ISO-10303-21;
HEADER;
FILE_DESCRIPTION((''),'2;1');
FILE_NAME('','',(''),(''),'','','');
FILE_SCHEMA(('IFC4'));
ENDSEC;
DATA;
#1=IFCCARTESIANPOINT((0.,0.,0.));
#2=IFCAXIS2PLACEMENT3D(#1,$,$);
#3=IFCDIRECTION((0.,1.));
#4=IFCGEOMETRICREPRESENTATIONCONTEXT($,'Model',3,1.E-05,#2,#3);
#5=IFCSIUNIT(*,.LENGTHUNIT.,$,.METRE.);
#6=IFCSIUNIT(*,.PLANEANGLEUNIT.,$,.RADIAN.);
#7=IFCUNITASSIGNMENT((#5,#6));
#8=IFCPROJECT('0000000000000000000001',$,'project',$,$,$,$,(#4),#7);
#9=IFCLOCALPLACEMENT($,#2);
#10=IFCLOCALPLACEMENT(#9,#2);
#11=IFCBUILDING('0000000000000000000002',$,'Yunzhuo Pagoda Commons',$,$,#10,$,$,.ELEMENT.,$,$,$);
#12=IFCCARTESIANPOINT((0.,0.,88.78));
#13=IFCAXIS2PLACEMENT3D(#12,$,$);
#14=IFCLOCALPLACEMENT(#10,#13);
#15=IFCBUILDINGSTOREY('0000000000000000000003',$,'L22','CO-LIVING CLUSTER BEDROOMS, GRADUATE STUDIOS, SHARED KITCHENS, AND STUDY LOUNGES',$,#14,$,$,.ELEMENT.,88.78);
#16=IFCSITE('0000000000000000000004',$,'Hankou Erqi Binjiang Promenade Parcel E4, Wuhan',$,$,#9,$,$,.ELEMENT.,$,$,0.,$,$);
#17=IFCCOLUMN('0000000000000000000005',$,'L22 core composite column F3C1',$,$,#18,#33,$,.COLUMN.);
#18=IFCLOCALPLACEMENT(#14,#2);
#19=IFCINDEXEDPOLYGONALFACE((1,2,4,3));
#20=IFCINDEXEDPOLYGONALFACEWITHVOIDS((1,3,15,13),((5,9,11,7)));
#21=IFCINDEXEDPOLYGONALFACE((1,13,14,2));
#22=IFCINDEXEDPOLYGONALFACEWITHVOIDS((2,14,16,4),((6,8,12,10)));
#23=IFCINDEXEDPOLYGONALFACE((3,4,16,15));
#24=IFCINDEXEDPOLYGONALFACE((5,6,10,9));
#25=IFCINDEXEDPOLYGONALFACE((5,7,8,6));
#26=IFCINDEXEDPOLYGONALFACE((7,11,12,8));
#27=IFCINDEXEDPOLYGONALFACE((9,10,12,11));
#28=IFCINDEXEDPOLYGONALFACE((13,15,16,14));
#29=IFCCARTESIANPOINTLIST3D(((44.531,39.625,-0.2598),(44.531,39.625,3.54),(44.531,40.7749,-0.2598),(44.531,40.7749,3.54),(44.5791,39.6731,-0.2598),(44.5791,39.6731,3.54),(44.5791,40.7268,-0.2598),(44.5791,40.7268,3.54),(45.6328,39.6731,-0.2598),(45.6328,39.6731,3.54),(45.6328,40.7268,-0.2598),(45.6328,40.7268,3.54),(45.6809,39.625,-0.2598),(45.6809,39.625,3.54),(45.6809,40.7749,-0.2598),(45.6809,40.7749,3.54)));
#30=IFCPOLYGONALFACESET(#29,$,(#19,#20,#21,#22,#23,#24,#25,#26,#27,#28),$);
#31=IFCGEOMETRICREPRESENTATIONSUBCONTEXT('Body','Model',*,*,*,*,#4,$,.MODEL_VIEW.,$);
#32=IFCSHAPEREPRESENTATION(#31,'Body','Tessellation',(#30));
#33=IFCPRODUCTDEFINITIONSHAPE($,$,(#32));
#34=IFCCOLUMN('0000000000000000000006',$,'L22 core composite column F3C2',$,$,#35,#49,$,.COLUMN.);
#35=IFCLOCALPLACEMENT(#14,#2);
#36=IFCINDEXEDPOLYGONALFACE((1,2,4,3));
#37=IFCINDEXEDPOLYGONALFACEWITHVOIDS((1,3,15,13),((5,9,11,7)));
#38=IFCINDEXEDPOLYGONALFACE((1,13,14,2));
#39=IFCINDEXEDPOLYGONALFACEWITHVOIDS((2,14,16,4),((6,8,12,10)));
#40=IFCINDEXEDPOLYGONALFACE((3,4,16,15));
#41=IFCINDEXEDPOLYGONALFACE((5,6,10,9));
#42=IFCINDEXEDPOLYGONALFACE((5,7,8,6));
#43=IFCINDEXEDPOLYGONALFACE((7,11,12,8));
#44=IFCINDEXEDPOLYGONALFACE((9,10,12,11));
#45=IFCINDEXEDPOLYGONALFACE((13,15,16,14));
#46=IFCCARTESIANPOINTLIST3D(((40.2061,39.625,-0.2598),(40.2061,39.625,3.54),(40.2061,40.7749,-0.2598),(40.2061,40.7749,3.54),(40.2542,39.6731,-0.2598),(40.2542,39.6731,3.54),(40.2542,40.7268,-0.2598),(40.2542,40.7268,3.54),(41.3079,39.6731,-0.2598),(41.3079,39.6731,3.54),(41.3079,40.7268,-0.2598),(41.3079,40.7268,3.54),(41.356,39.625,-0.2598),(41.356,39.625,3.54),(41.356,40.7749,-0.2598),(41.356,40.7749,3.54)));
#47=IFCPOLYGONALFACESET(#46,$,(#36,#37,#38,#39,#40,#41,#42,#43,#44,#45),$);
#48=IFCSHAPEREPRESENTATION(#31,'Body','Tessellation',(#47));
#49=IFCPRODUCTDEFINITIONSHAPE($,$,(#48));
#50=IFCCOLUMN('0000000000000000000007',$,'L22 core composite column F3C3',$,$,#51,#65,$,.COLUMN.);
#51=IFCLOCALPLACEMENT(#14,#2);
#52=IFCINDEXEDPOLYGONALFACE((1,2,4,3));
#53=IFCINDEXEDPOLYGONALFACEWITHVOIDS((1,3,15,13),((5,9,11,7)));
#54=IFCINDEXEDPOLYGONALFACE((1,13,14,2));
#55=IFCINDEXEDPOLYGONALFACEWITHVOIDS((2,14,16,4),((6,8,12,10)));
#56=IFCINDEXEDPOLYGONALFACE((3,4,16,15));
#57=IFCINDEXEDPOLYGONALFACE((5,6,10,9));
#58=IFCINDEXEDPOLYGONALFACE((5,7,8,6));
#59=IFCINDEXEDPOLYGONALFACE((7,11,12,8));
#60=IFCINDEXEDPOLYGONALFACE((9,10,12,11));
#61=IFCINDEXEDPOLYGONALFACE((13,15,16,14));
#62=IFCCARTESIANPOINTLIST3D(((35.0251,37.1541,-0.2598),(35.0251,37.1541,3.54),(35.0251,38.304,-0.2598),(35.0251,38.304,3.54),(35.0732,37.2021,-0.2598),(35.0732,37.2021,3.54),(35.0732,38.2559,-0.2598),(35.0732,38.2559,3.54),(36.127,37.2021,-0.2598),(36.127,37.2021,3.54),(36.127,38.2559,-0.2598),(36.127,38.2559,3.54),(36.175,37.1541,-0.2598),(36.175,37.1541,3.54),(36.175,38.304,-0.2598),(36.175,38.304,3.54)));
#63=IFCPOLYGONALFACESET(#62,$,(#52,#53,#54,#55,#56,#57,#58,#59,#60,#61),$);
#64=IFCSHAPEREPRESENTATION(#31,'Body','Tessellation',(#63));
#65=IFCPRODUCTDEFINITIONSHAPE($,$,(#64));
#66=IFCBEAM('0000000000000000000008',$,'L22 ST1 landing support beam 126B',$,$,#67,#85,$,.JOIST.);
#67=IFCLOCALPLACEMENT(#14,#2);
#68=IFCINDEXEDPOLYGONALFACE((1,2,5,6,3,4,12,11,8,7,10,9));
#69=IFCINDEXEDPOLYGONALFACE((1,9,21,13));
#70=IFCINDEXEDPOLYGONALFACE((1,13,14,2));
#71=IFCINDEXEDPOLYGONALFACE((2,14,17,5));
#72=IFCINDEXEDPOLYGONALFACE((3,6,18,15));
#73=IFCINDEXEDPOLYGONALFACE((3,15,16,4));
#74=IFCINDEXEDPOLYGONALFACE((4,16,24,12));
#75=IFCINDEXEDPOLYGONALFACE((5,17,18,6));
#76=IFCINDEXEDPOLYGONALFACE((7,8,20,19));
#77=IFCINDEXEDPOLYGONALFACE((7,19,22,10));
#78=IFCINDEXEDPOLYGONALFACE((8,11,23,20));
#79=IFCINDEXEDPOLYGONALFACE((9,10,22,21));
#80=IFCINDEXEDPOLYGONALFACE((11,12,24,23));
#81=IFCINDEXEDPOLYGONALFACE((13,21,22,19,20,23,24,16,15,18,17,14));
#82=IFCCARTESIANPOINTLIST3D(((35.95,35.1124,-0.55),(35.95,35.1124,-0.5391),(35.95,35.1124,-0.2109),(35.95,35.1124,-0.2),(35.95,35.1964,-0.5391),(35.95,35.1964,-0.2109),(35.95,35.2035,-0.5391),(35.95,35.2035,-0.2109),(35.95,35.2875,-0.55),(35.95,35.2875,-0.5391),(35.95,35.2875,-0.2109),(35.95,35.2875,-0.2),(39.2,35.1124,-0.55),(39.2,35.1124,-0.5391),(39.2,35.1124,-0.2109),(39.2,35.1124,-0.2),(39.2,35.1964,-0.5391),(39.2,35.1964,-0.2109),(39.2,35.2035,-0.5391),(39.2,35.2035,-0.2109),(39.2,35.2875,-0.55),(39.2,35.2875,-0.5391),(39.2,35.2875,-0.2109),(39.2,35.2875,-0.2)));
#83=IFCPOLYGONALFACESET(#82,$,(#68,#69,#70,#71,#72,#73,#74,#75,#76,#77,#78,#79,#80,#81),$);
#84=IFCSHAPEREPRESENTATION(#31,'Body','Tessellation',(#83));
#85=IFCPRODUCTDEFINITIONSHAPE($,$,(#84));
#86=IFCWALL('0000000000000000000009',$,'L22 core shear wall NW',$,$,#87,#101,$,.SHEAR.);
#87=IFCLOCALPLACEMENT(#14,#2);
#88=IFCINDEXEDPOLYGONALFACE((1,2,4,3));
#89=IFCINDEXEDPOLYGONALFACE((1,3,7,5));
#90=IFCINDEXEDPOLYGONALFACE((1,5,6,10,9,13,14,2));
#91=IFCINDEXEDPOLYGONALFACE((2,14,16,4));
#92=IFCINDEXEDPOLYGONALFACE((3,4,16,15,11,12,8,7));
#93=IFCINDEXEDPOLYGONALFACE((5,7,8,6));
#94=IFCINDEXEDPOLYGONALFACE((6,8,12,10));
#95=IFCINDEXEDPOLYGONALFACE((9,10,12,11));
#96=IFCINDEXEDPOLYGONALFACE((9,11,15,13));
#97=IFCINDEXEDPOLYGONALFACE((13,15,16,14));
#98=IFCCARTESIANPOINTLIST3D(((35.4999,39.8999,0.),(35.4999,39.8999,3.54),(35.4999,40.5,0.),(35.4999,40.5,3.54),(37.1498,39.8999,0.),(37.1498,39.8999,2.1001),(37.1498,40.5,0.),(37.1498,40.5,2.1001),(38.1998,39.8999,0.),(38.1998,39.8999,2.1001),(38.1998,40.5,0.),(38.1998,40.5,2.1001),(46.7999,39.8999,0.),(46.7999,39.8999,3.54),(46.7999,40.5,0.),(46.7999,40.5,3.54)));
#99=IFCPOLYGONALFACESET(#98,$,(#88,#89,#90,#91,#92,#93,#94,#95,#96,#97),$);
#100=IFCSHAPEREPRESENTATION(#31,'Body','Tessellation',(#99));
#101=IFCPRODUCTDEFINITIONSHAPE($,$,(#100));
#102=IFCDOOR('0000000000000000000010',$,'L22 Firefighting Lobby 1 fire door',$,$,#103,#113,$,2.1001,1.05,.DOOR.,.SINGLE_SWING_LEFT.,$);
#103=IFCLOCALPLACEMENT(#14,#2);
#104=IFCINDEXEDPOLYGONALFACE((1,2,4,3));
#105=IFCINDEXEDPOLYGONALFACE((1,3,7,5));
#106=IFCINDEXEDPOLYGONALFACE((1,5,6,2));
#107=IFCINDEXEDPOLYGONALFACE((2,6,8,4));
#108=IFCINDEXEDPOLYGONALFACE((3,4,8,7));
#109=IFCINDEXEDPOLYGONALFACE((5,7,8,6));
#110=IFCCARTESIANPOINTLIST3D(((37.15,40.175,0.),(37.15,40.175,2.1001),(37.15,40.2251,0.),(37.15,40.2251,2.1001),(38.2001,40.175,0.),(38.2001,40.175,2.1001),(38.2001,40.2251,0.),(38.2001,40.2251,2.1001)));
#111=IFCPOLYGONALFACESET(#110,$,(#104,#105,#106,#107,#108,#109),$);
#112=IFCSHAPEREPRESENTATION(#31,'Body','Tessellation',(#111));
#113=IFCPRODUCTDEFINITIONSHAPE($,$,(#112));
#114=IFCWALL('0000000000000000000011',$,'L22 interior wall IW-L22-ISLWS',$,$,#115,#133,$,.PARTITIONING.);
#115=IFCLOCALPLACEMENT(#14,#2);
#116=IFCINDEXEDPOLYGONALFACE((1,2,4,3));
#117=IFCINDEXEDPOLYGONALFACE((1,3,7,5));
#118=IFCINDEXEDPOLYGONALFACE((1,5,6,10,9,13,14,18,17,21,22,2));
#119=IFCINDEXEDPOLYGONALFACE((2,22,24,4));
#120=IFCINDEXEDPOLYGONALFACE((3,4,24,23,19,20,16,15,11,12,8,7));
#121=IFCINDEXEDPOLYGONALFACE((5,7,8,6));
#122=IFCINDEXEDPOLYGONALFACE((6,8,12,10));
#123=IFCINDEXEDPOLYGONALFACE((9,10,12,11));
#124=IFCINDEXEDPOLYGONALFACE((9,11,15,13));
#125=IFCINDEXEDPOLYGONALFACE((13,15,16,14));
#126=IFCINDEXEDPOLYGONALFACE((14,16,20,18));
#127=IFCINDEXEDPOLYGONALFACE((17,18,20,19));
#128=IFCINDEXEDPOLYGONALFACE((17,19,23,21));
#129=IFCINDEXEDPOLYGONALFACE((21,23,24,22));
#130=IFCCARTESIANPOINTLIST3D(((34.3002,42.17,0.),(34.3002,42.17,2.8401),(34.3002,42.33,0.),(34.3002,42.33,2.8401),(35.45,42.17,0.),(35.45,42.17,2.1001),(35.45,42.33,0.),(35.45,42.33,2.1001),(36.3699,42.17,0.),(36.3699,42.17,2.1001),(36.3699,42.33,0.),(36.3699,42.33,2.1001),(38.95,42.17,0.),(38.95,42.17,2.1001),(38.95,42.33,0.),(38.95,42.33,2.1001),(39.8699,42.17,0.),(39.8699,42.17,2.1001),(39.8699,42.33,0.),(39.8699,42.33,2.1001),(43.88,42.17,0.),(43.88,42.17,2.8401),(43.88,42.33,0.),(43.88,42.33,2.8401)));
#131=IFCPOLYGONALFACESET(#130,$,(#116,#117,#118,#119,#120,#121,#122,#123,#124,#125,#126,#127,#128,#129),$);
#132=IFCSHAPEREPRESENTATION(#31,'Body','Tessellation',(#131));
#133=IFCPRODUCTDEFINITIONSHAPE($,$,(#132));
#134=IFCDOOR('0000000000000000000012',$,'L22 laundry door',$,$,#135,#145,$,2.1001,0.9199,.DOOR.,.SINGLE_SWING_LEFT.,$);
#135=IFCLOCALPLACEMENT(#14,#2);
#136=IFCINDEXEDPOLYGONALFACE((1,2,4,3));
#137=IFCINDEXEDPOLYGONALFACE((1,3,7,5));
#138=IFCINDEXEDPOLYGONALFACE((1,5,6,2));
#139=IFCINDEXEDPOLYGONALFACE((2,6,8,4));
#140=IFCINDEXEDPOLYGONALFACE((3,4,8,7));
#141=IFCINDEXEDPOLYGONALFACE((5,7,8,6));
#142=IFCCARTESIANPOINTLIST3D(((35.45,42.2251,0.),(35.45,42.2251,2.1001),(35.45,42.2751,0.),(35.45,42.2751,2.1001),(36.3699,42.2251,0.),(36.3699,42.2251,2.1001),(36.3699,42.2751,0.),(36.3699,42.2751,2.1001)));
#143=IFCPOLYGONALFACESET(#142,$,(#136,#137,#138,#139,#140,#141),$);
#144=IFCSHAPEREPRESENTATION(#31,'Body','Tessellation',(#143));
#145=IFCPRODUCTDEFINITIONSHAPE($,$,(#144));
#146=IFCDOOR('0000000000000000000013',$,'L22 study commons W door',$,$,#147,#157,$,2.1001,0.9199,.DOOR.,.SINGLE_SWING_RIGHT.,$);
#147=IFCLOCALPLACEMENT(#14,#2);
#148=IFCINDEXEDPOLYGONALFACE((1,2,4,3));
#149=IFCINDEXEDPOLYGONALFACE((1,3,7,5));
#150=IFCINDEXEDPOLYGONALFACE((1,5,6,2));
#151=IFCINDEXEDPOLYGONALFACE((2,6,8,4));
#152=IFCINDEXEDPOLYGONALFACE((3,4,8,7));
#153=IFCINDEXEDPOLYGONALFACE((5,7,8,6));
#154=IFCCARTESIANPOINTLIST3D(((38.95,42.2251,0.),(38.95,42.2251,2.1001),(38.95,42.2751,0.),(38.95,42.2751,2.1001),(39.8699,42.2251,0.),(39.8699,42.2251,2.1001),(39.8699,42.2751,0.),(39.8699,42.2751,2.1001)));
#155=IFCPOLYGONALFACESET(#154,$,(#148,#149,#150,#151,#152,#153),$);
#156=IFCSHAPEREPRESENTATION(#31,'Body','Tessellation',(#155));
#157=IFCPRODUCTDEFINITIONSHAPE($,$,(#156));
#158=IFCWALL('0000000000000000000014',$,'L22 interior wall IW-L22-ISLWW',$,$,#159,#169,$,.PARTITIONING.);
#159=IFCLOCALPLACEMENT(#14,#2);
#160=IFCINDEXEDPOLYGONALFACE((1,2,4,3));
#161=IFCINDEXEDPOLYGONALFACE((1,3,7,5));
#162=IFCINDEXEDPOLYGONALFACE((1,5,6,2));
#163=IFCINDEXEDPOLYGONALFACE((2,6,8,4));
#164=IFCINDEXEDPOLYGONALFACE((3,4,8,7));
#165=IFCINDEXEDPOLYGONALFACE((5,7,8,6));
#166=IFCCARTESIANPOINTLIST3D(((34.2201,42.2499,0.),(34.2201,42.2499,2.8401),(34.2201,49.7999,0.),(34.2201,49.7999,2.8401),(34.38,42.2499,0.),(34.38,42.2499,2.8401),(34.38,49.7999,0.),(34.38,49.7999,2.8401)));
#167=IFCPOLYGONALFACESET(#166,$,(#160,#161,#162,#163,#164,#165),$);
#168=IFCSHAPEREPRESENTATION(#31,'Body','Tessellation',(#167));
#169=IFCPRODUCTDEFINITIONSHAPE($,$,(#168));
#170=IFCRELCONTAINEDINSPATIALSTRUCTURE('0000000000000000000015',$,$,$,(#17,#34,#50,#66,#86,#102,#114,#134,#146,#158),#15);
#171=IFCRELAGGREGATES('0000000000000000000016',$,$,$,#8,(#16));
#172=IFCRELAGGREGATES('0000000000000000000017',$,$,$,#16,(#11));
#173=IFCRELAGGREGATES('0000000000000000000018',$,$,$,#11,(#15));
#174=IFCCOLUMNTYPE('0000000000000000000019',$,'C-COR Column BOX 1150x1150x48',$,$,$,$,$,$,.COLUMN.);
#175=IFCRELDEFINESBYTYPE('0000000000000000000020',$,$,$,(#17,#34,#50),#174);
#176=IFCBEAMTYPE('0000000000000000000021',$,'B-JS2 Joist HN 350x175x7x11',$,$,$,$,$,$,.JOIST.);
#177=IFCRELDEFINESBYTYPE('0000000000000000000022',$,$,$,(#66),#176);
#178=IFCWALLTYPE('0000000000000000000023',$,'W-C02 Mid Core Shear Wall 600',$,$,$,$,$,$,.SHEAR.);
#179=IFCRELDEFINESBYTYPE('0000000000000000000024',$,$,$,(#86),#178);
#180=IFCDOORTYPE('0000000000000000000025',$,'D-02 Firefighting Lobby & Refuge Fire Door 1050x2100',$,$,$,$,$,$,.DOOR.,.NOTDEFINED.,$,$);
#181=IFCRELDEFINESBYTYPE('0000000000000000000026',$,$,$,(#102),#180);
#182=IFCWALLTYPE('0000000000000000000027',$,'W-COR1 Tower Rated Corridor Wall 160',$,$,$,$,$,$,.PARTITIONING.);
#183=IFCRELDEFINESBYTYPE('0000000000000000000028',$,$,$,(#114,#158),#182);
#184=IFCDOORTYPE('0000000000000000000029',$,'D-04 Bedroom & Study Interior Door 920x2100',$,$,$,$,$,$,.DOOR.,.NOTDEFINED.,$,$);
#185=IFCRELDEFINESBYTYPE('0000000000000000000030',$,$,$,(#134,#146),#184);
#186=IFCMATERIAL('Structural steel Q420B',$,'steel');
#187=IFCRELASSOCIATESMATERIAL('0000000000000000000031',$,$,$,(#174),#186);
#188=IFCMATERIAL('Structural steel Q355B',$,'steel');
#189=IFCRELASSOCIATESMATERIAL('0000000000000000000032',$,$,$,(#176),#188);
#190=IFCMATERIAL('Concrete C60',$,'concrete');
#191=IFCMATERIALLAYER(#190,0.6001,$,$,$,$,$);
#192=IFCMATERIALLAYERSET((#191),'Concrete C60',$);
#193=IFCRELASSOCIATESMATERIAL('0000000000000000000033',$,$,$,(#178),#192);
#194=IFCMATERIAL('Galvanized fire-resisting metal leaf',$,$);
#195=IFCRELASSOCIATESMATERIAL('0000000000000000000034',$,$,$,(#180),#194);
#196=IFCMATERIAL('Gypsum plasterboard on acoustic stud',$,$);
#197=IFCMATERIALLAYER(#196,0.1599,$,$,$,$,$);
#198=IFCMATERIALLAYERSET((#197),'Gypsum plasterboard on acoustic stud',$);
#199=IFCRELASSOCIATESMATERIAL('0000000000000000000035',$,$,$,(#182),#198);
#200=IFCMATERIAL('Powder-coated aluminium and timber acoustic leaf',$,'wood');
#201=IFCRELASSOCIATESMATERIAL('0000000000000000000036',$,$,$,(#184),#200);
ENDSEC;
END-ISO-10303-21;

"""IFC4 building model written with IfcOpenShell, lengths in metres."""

from ifc_helpers import new_model, si_unit, direction, frame, frame_2d, origin, origin_2d, place, context, subcontext, project, spatial, rectangle, hollow_rectangle, i_section, extrude, source, transform, mapped, material, layer, layer_set, material_profile, profile_set, type_object, element, fill, save


model = new_model("IFC4")

# Units and contexts
model_context = context("Model", 3, precision=1e-05, world=origin(), true_north=direction((0.0, 1.0)))
body_context = subcontext(model_context, "Body", "Model", "MODEL_VIEW")
ifc_project = project(units=[si_unit("LENGTHUNIT", "METRE"), si_unit("PLANEANGLEUNIT", "RADIAN")], contexts=[model_context])

# Site, building, storey
site_placement = place(None, origin())
site = spatial("IfcSite", under=ifc_project, at=site_placement, Name="Hankou Erqi Binjiang Promenade Parcel E4, Wuhan", CompositionType="ELEMENT", RefElevation=0.0)
building_placement = place(site_placement, origin())
building = spatial("IfcBuilding", under=site, at=building_placement, Name="Yunzhuo Pagoda Commons", CompositionType="ELEMENT")
storey_placement = place(building_placement, frame((0.0, 0.0, 88.78)))
storey = spatial("IfcBuildingStorey", under=building, at=storey_placement, Name="L22", Description="CO-LIVING CLUSTER BEDROOMS, GRADUATE STUDIOS, SHARED KITCHENS, AND STUDY LOUNGES", CompositionType="ELEMENT", Elevation=88.78)

# Columns
ifc_material_1 = material(Name="Structural steel Q420B", Category="steel")
ifc_material_profile_1 = material_profile(ifc_material_1, hollow_rectangle(XDim=1.1499, YDim=1.1499, WallThickness=0.0481, at=origin_2d()), Name="Structural steel Q420B")
ifc_profile_set_1 = profile_set([ifc_material_profile_1], Name="Structural steel Q420B")
column_type = type_object("IfcColumnType", Name="C-COR Column BOX 1150x1150x48", PredefinedType="COLUMN", material=ifc_profile_set_1)
shared_shape_1 = source(origin(), body_context, "Body", "SweptSolid", [
    extrude(hollow_rectangle(XDim=1.1499, YDim=1.1499, WallThickness=0.0481, at=origin_2d()), origin(), (0.0, 0.0, 1.0), 3.7998),
])
for number, where, z_axis, x_axis, name in (
    (1, (45.106, 40.2, -0.2598), (0.0, 0.0, 1.0), (1.0, 0.0, 0.0), "L22 core composite column F3C1"),
    (2, (40.781, 40.2, -0.2598), (0.0, 0.0, 1.0), (1.0, 0.0, 0.0), "L22 core composite column F3C2"),
    (3, (35.6001, 37.729, -0.2598), (0.0, 0.0, 1.0), (1.0, 0.0, 0.0), "L22 core composite column F3C3"),
):
    element("IfcColumn", number, at=place(storey_placement, frame(where, z_axis=z_axis, x_axis=x_axis)), inside=storey, type_object=column_type, Name=name, PredefinedType="COLUMN", context=body_context, shape_type="MappedRepresentation", body=[
        mapped(shared_shape_1, transform((0.0, 0.0, 0.0), scale=1.0)),
    ])

# Beam
ifc_material_2 = material(Name="Structural steel Q355B", Category="steel")
ifc_material_profile_2 = material_profile(ifc_material_2, i_section(OverallWidth=0.175, OverallDepth=0.3501, WebThickness=0.0071, FlangeThickness=0.011, at=origin_2d()), Name="Structural steel Q355B")
ifc_profile_set_2 = profile_set([ifc_material_profile_2], Name="Structural steel Q355B")
beam_type = type_object("IfcBeamType", Name="B-JS2 Joist HN 350x175x7x11", PredefinedType="JOIST", material=ifc_profile_set_2)
shared_shape_2 = source(origin(), body_context, "Body", "SweptSolid", [
    extrude(i_section(OverallWidth=0.175, OverallDepth=0.3501, WebThickness=0.0071, FlangeThickness=0.011, at=origin_2d()), origin(), (0.0, 0.0, 1.0), 3.25),
])
beam_placement = place(storey_placement, frame((35.95, 35.2, -0.375), z_axis=(1.0, 0.0, 0.0), x_axis=(0.0, 1.0, 0.0)))
element("IfcBeam", 4, at=beam_placement, inside=storey, type_object=beam_type, Name="L22 ST1 landing support beam 126B", PredefinedType="JOIST", context=body_context, shape_type="MappedRepresentation", body=[
    mapped(shared_shape_2, transform((0.0, 0.0, 0.0), scale=1.0)),
])

# Wall, opening, door
ifc_material_3 = material(Name="Concrete C60", Category="concrete")
ifc_layer_1 = layer(ifc_material_3, 0.6001)
ifc_layer_set_1 = layer_set([ifc_layer_1], Name="Concrete C60")
wall_type_1 = type_object("IfcWallType", Name="W-C02 Mid Core Shear Wall 600", PredefinedType="SHEAR", material=ifc_layer_set_1)
wall_1_placement = place(storey_placement, frame((35.5, 40.2, 0.0), z_axis=(0.0, 0.0, 1.0), x_axis=(1.0, 0.0, 0.0)))
wall_1 = element("IfcWall", 5, at=wall_1_placement, inside=storey, type_object=wall_type_1, Name="L22 core shear wall NW", PredefinedType="SHEAR", context=body_context, shape_type="SweptSolid", body=[
    extrude(rectangle(XDim=11.3, YDim=0.6001, at=frame_2d((5.6499, 0.0))), origin(), (0.0, 0.0, 1.0), 3.54),
])
opening_1_placement = place(wall_1_placement, frame((1.6499, 0.0, 0.0)))
opening_1 = element("IfcOpeningElement", 6, at=opening_1_placement, cuts=wall_1, PredefinedType="OPENING", context=body_context, shape_type="SweptSolid", body=[
    extrude(rectangle(XDim=1.05, YDim=2.1001, at=frame_2d((0.5249, 1.05))), frame((0.0, 0.3101, 0.0), z_axis=(0.0, -1.0, 0.0), x_axis=(1.0, 0.0, 0.0)), (0.0, 0.0, 1.0), 0.6201),
])
ifc_material_4 = material(Name="Galvanized fire-resisting metal leaf")
door_type_1 = type_object("IfcDoorType", Name="D-02 Firefighting Lobby & Refuge Fire Door 1050x2100", OperationType="NOTDEFINED", PredefinedType="DOOR", material=ifc_material_4)
shared_shape_3 = source(origin(), body_context, "Body", "SweptSolid", [
    extrude(rectangle(XDim=1.05, YDim=2.1001, at=frame_2d((0.5249, 1.05))), frame((0.0, 0.0249, 0.0), z_axis=(0.0, -1.0, 0.0), x_axis=(1.0, 0.0, 0.0)), (0.0, 0.0, 1.0), 0.05),
])
door_1_placement = place(opening_1_placement, frame((1.05, 0.0, 0.0), z_axis=(0.0, 0.0, 1.0), x_axis=(-1.0, 0.0, 0.0)))
door_1 = element("IfcDoor", 7, at=door_1_placement, inside=storey, type_object=door_type_1, Name="L22 Firefighting Lobby 1 fire door", OperationType="SINGLE_SWING_LEFT", OverallHeight=2.1001, OverallWidth=1.05, PredefinedType="DOOR", context=body_context, shape_type="MappedRepresentation", body=[
    mapped(shared_shape_3, transform((0.0, 0.0, 0.0), scale=1.0)),
])
fill(opening_1, door_1)

# Wall, openings, doors
ifc_material_5 = material(Name="Gypsum plasterboard on acoustic stud")
ifc_layer_2 = layer(ifc_material_5, 0.1599)
ifc_layer_set_2 = layer_set([ifc_layer_2], Name="Gypsum plasterboard on acoustic stud")
wall_type_2 = type_object("IfcWallType", Name="W-COR1 Tower Rated Corridor Wall 160", PredefinedType="PARTITIONING", material=ifc_layer_set_2)
wall_2_placement = place(storey_placement, frame((34.3, 42.25, 0.0), z_axis=(0.0, 0.0, 1.0), x_axis=(1.0, 0.0, 0.0)))
wall_2 = element("IfcWall", 8, at=wall_2_placement, inside=storey, type_object=wall_type_2, Name="L22 interior wall IW-L22-ISLWS", PredefinedType="PARTITIONING", context=body_context, shape_type="SweptSolid", body=[
    extrude(rectangle(XDim=9.5798, YDim=0.1599, at=frame_2d((4.79, 0.0))), origin(), (0.0, 0.0, 1.0), 2.8401),
])
opening_2_placement = place(wall_2_placement, frame((1.1499, 0.0, 0.0)))
opening_2 = element("IfcOpeningElement", 9, at=opening_2_placement, cuts=wall_2, PredefinedType="OPENING", context=body_context, shape_type="SweptSolid", body=[
    extrude(rectangle(XDim=0.9199, YDim=2.1001, at=frame_2d((0.46, 1.05))), frame((0.0, 0.0898, 0.0), z_axis=(0.0, -1.0, 0.0), x_axis=(1.0, 0.0, 0.0)), (0.0, 0.0, 1.0), 0.1799),
])
opening_3_placement = place(wall_2_placement, frame((4.6499, 0.0, 0.0)))
opening_3 = element("IfcOpeningElement", 10, at=opening_3_placement, cuts=wall_2, PredefinedType="OPENING", context=body_context, shape_type="SweptSolid", body=[
    extrude(rectangle(XDim=0.9199, YDim=2.1001, at=frame_2d((0.46, 1.05))), frame((0.0, 0.0898, 0.0), z_axis=(0.0, -1.0, 0.0), x_axis=(1.0, 0.0, 0.0)), (0.0, 0.0, 1.0), 0.1799),
])
ifc_material_6 = material(Name="Powder-coated aluminium and timber acoustic leaf", Category="wood")
door_type_2 = type_object("IfcDoorType", Name="D-04 Bedroom & Study Interior Door 920x2100", OperationType="NOTDEFINED", PredefinedType="DOOR", material=ifc_material_6)
shared_shape_4 = source(origin(), body_context, "Body", "SweptSolid", [
    extrude(rectangle(XDim=0.9199, YDim=2.1001, at=frame_2d((0.46, 1.05))), frame((0.0, 0.0249, 0.0), z_axis=(0.0, -1.0, 0.0), x_axis=(1.0, 0.0, 0.0)), (0.0, 0.0, 1.0), 0.05),
])
door_2_placement = place(opening_2_placement, frame((0.9199, 0.0, 0.0), z_axis=(0.0, 0.0, 1.0), x_axis=(-1.0, 0.0, 0.0)))
door_2 = element("IfcDoor", 11, at=door_2_placement, inside=storey, type_object=door_type_2, Name="L22 laundry door", OperationType="SINGLE_SWING_LEFT", OverallHeight=2.1001, OverallWidth=0.9199, PredefinedType="DOOR", context=body_context, shape_type="MappedRepresentation", body=[
    mapped(shared_shape_4, transform((0.0, 0.0, 0.0), scale=1.0)),
])
fill(opening_2, door_2)
door_3_placement = place(opening_3_placement, frame((0.9199, 0.0, 0.0), z_axis=(0.0, 0.0, 1.0), x_axis=(-1.0, 0.0, 0.0)))
door_3 = element("IfcDoor", 12, at=door_3_placement, inside=storey, type_object=door_type_2, Name="L22 study commons W door", OperationType="SINGLE_SWING_RIGHT", OverallHeight=2.1001, OverallWidth=0.9199, PredefinedType="DOOR", context=body_context, shape_type="MappedRepresentation", body=[
    mapped(shared_shape_4, transform((0.0, 0.0, 0.0), scale=1.0)),
])
fill(opening_3, door_3)

# Wall
wall_3_placement = place(storey_placement, frame((34.3, 42.25, 0.0), z_axis=(0.0, 0.0, 1.0), x_axis=(0.0, 1.0, 0.0)))
element("IfcWall", 13, at=wall_3_placement, inside=storey, type_object=wall_type_2, Name="L22 interior wall IW-L22-ISLWW", PredefinedType="PARTITIONING", context=body_context, shape_type="SweptSolid", body=[
    extrude(rectangle(XDim=7.55, YDim=0.1599, at=frame_2d((3.7749, 0.0))), origin(), (0.0, 0.0, 1.0), 2.8401),
])

save(model, "model.ifc")
